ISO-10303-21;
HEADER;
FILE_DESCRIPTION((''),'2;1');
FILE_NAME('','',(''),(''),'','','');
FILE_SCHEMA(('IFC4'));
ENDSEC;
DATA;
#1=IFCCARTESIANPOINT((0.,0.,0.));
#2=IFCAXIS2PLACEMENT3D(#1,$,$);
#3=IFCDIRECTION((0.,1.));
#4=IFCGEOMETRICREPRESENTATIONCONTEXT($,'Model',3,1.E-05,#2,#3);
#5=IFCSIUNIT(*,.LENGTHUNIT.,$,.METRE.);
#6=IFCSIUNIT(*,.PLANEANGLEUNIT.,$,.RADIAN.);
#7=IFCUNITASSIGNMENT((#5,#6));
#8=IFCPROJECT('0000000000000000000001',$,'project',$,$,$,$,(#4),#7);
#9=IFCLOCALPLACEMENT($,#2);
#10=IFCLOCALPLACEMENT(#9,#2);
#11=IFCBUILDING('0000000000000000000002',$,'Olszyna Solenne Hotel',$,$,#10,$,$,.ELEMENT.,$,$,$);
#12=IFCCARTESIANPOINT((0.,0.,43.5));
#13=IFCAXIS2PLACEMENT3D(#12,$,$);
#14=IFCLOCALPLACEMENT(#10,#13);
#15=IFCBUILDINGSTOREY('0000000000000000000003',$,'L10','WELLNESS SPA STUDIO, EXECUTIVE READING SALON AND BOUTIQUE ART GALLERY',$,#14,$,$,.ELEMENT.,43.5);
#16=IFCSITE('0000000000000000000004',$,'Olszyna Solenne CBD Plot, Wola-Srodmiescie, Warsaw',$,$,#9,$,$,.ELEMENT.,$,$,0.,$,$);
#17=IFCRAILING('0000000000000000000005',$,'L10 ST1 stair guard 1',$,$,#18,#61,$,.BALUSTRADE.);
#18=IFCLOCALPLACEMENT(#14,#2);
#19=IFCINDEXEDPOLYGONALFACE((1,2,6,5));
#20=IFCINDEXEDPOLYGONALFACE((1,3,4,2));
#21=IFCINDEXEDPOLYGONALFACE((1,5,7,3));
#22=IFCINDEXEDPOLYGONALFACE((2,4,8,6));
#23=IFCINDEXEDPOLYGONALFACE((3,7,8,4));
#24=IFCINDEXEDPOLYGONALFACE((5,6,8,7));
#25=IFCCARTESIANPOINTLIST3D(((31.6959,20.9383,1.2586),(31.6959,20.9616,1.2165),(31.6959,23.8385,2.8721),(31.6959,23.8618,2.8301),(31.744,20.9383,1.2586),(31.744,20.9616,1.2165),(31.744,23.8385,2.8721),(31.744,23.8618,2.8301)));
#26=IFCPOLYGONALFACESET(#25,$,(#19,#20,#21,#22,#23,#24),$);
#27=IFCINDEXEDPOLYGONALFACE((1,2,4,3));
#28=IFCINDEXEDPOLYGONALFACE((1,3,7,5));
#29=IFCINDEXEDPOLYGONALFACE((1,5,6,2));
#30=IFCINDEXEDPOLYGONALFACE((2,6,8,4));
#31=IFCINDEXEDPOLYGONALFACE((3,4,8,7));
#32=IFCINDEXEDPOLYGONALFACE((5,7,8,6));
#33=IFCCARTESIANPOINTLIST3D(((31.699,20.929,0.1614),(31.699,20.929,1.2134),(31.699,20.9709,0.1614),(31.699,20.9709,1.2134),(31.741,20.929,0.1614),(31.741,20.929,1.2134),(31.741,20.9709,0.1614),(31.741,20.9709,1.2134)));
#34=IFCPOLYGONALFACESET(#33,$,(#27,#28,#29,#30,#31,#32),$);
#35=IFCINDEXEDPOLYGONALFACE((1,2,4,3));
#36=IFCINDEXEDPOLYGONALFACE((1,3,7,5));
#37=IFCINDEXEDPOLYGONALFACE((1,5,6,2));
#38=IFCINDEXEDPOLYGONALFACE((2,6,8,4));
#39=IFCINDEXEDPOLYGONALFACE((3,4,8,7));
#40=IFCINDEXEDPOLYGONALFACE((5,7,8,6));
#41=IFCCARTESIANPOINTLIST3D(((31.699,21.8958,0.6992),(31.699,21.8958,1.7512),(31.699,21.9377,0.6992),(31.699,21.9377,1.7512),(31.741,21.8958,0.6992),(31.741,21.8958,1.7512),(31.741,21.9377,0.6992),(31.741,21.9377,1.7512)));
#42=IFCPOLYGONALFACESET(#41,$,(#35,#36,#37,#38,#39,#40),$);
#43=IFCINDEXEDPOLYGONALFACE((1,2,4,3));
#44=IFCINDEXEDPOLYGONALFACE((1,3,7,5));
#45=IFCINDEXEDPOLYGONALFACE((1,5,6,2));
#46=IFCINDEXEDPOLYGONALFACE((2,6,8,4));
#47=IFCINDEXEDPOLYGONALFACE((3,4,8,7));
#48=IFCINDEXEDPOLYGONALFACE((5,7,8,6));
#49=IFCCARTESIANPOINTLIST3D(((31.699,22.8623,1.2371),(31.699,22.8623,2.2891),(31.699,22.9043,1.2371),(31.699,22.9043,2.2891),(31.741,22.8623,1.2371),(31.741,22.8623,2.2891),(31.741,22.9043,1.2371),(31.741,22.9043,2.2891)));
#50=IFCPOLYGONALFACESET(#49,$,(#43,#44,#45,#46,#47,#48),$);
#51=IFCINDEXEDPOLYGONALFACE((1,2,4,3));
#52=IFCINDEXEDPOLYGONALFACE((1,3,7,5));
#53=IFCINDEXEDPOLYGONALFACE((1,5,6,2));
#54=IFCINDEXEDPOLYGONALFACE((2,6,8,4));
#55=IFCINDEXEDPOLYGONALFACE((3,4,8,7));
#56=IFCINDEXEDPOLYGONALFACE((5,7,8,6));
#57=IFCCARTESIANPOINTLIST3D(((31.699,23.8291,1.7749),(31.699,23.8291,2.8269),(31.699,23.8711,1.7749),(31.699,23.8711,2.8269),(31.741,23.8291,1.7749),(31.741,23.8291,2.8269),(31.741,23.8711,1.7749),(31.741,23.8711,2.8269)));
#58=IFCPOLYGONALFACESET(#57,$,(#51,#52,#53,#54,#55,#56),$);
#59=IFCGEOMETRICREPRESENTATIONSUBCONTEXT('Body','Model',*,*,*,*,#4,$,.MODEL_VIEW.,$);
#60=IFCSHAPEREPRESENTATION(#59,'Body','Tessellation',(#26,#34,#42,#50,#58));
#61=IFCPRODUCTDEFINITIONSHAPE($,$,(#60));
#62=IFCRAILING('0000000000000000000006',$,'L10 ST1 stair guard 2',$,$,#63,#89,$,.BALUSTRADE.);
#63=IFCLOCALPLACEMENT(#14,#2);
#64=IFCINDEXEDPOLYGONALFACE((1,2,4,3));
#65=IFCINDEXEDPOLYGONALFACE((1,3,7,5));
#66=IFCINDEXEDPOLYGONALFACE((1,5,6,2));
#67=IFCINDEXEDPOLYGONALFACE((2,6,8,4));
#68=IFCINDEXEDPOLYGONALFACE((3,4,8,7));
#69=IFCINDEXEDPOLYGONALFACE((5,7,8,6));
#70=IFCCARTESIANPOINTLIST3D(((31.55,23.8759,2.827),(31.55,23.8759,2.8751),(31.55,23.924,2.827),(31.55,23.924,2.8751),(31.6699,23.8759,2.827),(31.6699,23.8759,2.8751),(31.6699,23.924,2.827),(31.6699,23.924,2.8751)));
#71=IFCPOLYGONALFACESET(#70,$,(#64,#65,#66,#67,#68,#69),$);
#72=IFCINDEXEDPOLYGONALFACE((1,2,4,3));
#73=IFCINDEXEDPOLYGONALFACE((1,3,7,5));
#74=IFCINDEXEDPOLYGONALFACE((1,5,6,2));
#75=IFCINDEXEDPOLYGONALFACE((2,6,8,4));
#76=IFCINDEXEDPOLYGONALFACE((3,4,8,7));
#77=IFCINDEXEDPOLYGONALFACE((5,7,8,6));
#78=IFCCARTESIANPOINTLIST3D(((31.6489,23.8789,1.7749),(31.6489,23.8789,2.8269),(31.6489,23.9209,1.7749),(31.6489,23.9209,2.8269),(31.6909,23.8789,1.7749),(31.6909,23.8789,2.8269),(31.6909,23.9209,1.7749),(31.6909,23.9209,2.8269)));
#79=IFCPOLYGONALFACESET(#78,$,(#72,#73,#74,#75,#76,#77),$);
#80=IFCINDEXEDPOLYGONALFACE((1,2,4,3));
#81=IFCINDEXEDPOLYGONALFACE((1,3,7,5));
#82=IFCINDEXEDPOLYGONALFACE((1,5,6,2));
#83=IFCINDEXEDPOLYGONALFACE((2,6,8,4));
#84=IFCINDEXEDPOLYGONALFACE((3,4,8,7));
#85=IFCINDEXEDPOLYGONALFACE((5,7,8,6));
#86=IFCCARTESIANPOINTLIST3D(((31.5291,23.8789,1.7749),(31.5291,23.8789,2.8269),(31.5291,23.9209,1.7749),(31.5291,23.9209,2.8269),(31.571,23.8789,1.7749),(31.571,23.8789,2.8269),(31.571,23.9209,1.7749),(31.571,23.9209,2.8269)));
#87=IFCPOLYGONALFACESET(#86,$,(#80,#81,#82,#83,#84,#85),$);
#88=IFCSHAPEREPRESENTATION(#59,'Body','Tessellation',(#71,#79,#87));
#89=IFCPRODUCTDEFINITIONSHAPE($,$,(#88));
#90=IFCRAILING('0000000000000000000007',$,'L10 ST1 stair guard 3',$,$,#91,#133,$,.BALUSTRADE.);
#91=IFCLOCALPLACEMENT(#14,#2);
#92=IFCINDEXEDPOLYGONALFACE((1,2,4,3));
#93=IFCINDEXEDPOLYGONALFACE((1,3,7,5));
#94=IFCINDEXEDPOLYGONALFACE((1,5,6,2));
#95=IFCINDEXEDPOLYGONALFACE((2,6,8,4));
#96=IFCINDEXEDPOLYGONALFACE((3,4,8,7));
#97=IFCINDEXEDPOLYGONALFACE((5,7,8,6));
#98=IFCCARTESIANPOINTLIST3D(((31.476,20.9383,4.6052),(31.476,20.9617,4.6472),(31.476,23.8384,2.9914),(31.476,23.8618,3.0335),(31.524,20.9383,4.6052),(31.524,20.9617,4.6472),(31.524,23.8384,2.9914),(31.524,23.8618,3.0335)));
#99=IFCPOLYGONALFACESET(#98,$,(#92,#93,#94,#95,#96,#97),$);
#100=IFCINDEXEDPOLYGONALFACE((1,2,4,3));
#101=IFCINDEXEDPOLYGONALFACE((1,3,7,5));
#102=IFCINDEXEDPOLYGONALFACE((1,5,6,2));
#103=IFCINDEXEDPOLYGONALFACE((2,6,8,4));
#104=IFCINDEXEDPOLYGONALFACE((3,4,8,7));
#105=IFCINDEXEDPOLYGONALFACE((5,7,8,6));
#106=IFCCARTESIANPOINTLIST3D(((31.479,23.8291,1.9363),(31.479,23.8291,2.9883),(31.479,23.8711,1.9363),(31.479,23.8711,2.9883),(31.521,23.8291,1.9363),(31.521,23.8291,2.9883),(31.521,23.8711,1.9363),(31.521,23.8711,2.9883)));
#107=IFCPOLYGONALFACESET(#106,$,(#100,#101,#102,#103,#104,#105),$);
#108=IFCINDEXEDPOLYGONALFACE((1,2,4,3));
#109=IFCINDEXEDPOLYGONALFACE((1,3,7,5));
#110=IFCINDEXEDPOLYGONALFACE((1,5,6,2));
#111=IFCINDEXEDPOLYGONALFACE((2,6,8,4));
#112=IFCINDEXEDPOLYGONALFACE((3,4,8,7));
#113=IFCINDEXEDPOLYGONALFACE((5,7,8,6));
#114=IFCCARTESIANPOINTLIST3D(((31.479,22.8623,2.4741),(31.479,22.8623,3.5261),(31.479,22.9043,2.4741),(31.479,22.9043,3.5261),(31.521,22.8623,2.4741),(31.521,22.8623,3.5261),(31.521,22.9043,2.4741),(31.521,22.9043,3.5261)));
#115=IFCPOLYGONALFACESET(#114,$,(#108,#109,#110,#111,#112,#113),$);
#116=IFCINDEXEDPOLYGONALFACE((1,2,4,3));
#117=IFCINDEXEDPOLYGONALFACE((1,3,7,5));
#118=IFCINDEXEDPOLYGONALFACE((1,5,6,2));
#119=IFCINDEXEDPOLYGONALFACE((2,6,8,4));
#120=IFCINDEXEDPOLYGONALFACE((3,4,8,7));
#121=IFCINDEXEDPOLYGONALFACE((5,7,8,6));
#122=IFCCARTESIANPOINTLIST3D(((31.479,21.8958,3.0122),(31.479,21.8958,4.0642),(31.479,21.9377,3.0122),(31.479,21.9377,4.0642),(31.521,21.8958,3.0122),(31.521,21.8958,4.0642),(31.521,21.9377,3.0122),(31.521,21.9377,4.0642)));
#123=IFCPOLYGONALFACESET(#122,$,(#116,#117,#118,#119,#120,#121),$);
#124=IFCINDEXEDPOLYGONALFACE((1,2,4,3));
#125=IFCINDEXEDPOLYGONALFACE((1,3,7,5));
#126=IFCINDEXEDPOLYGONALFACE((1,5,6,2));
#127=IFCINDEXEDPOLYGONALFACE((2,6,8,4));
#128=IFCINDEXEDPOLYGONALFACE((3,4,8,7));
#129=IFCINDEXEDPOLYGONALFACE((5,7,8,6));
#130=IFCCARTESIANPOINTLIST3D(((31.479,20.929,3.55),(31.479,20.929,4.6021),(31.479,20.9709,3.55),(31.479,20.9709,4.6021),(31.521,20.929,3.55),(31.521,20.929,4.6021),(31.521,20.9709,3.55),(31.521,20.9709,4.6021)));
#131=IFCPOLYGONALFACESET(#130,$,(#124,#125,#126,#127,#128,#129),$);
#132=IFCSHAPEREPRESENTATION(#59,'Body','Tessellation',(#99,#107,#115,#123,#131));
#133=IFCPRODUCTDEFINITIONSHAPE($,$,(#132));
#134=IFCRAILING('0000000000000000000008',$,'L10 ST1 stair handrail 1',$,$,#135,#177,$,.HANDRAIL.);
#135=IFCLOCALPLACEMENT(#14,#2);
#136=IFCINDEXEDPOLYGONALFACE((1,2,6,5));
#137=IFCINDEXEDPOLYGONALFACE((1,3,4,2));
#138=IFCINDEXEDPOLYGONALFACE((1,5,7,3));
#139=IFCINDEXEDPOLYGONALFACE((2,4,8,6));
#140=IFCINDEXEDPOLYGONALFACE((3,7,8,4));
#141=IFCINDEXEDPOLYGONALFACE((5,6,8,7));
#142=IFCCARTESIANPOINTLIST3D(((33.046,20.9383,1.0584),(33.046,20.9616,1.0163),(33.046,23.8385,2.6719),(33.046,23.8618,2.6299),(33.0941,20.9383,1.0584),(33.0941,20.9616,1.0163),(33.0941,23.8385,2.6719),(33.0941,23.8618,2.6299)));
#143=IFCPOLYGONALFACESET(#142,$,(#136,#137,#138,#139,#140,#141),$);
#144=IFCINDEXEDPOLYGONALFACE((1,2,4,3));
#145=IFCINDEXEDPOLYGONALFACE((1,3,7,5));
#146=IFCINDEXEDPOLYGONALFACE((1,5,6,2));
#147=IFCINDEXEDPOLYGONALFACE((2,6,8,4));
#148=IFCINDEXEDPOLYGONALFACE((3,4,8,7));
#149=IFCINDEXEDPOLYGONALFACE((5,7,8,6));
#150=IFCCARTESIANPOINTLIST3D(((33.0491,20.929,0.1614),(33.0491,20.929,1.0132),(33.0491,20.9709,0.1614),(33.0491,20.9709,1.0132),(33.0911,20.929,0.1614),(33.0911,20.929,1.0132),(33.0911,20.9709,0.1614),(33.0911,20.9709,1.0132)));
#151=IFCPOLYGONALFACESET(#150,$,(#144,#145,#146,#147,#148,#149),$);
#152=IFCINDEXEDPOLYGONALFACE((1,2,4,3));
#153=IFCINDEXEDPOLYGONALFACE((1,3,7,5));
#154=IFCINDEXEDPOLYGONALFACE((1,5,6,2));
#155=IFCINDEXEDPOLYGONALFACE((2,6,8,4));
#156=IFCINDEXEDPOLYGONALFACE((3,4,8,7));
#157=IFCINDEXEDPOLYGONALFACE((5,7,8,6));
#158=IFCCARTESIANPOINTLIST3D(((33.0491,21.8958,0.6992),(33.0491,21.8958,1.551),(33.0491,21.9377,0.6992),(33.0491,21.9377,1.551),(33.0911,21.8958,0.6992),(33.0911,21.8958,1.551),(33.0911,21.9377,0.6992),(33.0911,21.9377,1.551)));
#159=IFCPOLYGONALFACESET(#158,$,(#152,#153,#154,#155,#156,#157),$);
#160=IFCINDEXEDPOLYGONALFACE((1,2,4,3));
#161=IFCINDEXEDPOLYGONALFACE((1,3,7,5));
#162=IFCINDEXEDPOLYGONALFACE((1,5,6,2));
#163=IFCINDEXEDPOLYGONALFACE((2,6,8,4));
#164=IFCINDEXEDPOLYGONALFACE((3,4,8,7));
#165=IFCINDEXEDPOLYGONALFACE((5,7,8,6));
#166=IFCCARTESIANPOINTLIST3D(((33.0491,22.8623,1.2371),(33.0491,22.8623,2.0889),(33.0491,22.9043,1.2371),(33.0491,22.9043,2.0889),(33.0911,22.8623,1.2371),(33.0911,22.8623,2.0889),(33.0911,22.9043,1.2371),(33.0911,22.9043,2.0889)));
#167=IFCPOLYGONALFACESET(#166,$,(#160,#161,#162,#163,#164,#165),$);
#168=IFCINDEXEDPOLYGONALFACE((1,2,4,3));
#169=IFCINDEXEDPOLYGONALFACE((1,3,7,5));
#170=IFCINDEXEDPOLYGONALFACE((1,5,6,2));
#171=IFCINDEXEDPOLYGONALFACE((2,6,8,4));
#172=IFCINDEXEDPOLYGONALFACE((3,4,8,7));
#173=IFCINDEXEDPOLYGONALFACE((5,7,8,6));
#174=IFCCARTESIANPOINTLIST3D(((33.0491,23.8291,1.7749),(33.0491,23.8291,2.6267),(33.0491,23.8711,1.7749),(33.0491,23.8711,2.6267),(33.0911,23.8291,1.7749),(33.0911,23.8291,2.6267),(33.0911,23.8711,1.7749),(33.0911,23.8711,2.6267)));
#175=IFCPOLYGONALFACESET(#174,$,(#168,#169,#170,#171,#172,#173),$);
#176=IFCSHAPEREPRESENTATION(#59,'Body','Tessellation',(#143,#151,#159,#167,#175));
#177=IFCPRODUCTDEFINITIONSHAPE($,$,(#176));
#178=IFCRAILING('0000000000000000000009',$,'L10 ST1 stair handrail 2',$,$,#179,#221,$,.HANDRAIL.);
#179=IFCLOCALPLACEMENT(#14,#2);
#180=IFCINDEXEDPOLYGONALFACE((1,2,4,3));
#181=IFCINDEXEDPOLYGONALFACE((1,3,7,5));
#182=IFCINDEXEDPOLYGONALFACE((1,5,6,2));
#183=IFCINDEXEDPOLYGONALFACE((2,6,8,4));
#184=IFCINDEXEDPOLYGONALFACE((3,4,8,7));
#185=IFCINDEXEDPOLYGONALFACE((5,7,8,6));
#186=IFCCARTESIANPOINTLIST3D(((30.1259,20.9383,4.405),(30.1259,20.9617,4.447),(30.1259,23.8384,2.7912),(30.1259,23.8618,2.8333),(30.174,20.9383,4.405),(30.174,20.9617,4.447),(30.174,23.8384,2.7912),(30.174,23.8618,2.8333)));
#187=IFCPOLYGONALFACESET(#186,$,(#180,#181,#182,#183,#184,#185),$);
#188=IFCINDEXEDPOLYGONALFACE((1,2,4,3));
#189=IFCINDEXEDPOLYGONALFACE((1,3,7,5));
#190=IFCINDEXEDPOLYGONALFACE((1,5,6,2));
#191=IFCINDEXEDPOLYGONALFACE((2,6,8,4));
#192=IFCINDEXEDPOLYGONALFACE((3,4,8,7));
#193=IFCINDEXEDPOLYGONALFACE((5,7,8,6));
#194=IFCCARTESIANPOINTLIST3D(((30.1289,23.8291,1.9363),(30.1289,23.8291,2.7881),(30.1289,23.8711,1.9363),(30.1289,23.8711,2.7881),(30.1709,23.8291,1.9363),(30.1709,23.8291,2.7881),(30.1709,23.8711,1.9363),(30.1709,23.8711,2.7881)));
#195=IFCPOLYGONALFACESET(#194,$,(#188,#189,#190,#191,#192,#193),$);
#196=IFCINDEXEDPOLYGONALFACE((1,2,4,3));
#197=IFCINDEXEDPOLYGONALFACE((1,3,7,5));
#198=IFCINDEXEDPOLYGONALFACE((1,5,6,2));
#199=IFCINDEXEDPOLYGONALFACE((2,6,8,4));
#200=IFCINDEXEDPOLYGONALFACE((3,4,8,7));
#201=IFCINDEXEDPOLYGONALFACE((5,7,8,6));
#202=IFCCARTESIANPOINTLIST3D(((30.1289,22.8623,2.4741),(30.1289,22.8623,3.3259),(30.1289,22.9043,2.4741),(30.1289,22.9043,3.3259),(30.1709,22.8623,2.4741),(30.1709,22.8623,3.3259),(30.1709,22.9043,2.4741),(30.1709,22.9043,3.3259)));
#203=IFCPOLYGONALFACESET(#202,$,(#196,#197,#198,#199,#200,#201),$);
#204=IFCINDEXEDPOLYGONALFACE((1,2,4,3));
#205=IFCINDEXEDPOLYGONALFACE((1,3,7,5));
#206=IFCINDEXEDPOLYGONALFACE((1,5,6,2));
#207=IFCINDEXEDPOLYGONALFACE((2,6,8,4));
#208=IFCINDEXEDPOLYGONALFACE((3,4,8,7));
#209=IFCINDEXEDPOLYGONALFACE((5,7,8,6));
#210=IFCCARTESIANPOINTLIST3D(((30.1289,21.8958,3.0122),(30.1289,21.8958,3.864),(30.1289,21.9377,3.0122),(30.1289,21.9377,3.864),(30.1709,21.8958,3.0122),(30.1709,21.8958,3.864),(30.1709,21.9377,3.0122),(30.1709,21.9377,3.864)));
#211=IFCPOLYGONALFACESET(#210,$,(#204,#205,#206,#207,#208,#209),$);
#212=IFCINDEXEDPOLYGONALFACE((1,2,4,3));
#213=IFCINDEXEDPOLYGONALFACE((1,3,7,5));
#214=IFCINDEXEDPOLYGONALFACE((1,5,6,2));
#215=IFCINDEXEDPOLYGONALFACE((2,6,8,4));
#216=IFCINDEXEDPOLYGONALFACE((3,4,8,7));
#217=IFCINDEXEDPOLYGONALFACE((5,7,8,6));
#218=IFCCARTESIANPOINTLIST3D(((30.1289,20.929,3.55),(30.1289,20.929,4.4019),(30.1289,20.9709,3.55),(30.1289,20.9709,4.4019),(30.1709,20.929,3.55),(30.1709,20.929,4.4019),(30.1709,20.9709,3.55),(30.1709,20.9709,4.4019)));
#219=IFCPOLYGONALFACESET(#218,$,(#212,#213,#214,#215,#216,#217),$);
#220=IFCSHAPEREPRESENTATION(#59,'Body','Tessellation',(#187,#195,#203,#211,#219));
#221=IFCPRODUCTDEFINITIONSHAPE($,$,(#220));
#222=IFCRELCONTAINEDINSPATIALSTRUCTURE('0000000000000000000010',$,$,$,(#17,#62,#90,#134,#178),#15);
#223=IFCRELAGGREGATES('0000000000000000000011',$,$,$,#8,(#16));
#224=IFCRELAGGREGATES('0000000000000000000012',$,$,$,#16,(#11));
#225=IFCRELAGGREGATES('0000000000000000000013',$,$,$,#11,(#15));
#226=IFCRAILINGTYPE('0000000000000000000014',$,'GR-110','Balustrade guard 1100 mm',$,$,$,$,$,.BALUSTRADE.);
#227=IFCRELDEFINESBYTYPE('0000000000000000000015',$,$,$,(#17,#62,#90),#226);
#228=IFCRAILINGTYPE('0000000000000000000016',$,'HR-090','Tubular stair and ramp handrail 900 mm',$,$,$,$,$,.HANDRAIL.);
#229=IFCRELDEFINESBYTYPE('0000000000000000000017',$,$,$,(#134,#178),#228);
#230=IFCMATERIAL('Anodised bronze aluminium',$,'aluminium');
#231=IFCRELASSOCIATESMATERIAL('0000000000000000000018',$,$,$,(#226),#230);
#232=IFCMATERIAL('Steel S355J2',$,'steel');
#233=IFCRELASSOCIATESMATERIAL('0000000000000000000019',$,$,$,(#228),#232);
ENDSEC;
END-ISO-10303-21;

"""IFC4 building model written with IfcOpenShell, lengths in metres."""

from ifc_helpers import new_model, si_unit, direction, frame, origin, origin_2d, place, context, subcontext, project, spatial, rectangle, extrude, material, type_object, element, save


model = new_model("IFC4")

# Units and contexts
model_context = context("Model", 3, precision=1e-05, world=origin(), true_north=direction((0.0, 1.0)))
body_context = subcontext(model_context, "Body", "Model", "MODEL_VIEW")
ifc_project = project(units=[si_unit("LENGTHUNIT", "METRE"), si_unit("PLANEANGLEUNIT", "RADIAN")], contexts=[model_context])

# Site, building, storey
site_placement = place(None, origin())
site = spatial("IfcSite", under=ifc_project, at=site_placement, Name="Olszyna Solenne CBD Plot, Wola-Srodmiescie, Warsaw", CompositionType="ELEMENT", RefElevation=0.0)
building_placement = place(site_placement, origin())
building = spatial("IfcBuilding", under=site, at=building_placement, Name="Olszyna Solenne Hotel", CompositionType="ELEMENT")
storey_placement = place(building_placement, frame((0.0, 0.0, 43.5)))
storey = spatial("IfcBuildingStorey", under=building, at=storey_placement, Name="L10", Description="WELLNESS SPA STUDIO, EXECUTIVE READING SALON AND BOUTIQUE ART GALLERY", CompositionType="ELEMENT", Elevation=43.5)

# Shared definitions
ifc_material_1 = material(Name="Steel S355J2", Category="steel")

# Shared definitions
ifc_material_2 = material(Name="Anodised bronze aluminium", Category="aluminium")

# Railings
railing_type_1 = type_object("IfcRailingType", Name="GR-110", Description="Balustrade guard 1100 mm", PredefinedType="BALUSTRADE", material=ifc_material_2)
railing_1_placement = place(storey_placement, frame((31.72, 20.95, 0.1614)))
element("IfcRailing", 1, at=railing_1_placement, inside=storey, type_object=railing_type_1, Name="L10 ST1 stair guard 1", PredefinedType="BALUSTRADE", context=body_context, shape_type="SweptSolid", body=[
    extrude(rectangle(XDim=0.0481, YDim=0.0481, at=origin_2d()), frame((0.0, 0.0, 1.0762), z_axis=(0.0, 0.873859, 0.48618), x_axis=(-1.0, 0.0, 0.0)), (0.0, 0.0, 1.0), 3.3188),
    extrude(rectangle(XDim=0.042, YDim=0.042, at=origin_2d()), origin(), (0.0, 0.0, 1.0), 1.052),
    extrude(rectangle(XDim=0.042, YDim=0.042, at=origin_2d()), frame((0.0, 0.9668, 0.5378)), (0.0, 0.0, 1.0), 1.052),
    extrude(rectangle(XDim=0.042, YDim=0.042, at=origin_2d()), frame((0.0, 1.9333, 1.0757)), (0.0, 0.0, 1.0), 1.052),
    extrude(rectangle(XDim=0.042, YDim=0.042, at=origin_2d()), frame((0.0, 2.9001, 1.6135)), (0.0, 0.0, 1.0), 1.052),
])
railing_2_placement = place(storey_placement, frame((31.6699, 23.8999, 1.7749)))
element("IfcRailing", 2, at=railing_2_placement, inside=storey, type_object=railing_type_1, Name="L10 ST1 stair guard 2", PredefinedType="BALUSTRADE", context=body_context, shape_type="SweptSolid", body=[
    extrude(rectangle(XDim=0.0481, YDim=0.0481, at=origin_2d()), frame((0.0, 0.0, 1.0762), z_axis=(-1.0, 0.0, 0.0), x_axis=(0.0, -1.0, 0.0)), (0.0, 0.0, 1.0), 0.1199),
    extrude(rectangle(XDim=0.042, YDim=0.042, at=origin_2d()), origin(), (0.0, 0.0, 1.0), 1.052),
    extrude(rectangle(XDim=0.042, YDim=0.042, at=origin_2d()), frame((-0.1199, 0.0, 0.0)), (0.0, 0.0, 1.0), 1.052),
])
railing_3_placement = place(storey_placement, frame((31.5, 23.8501, 1.9363)))
element("IfcRailing", 3, at=railing_3_placement, inside=storey, type_object=railing_type_1, Name="L10 ST1 stair guard 3", PredefinedType="BALUSTRADE", context=body_context, shape_type="SweptSolid", body=[
    extrude(rectangle(XDim=0.0481, YDim=0.0481, at=origin_2d()), frame((0.0, 0.0, 1.0762), z_axis=(0.0, -0.873827, 0.486236), x_axis=(1.0, 0.0, 0.0)), (0.0, 0.0, 1.0), 3.3188),
    extrude(rectangle(XDim=0.042, YDim=0.042, at=origin_2d()), origin(), (0.0, 0.0, 1.0), 1.052),
    extrude(rectangle(XDim=0.042, YDim=0.042, at=origin_2d()), frame((0.0, -0.9668, 0.5378)), (0.0, 0.0, 1.0), 1.052),
    extrude(rectangle(XDim=0.042, YDim=0.042, at=origin_2d()), frame((0.0, -1.9333, 1.0759)), (0.0, 0.0, 1.0), 1.052),
    extrude(rectangle(XDim=0.042, YDim=0.042, at=origin_2d()), frame((0.0, -2.9001, 1.6138)), (0.0, 0.0, 1.0), 1.052),
])
railing_type_2 = type_object("IfcRailingType", Name="HR-090", Description="Tubular stair and ramp handrail 900 mm", PredefinedType="HANDRAIL", material=ifc_material_1)
railing_4_placement = place(storey_placement, frame((33.0701, 20.95, 0.1614)))
element("IfcRailing", 4, at=railing_4_placement, inside=storey, type_object=railing_type_2, Name="L10 ST1 stair handrail 1", PredefinedType="HANDRAIL", context=body_context, shape_type="SweptSolid", body=[
    extrude(rectangle(XDim=0.0481, YDim=0.0481, at=origin_2d()), frame((0.0, 0.0, 0.876), z_axis=(0.0, 0.873859, 0.48618), x_axis=(-1.0, 0.0, 0.0)), (0.0, 0.0, 1.0), 3.3188),
    extrude(rectangle(XDim=0.042, YDim=0.042, at=origin_2d()), origin(), (0.0, 0.0, 1.0), 0.8518),
    extrude(rectangle(XDim=0.042, YDim=0.042, at=origin_2d()), frame((0.0, 0.9668, 0.5378)), (0.0, 0.0, 1.0), 0.8518),
    extrude(rectangle(XDim=0.042, YDim=0.042, at=origin_2d()), frame((0.0, 1.9333, 1.0757)), (0.0, 0.0, 1.0), 0.8518),
    extrude(rectangle(XDim=0.042, YDim=0.042, at=origin_2d()), frame((0.0, 2.9001, 1.6135)), (0.0, 0.0, 1.0), 0.8518),
])
railing_5_placement = place(storey_placement, frame((30.1499, 23.8501, 1.9363)))
element("IfcRailing", 5, at=railing_5_placement, inside=storey, type_object=railing_type_2, Name="L10 ST1 stair handrail 2", PredefinedType="HANDRAIL", context=body_context, shape_type="SweptSolid", body=[
    extrude(rectangle(XDim=0.0481, YDim=0.0481, at=origin_2d()), frame((0.0, 0.0, 0.876), z_axis=(0.0, -0.873827, 0.486236), x_axis=(1.0, 0.0, 0.0)), (0.0, 0.0, 1.0), 3.3188),
    extrude(rectangle(XDim=0.042, YDim=0.042, at=origin_2d()), origin(), (0.0, 0.0, 1.0), 0.8518),
    extrude(rectangle(XDim=0.042, YDim=0.042, at=origin_2d()), frame((0.0, -0.9668, 0.5378)), (0.0, 0.0, 1.0), 0.8518),
    extrude(rectangle(XDim=0.042, YDim=0.042, at=origin_2d()), frame((0.0, -1.9333, 1.0759)), (0.0, 0.0, 1.0), 0.8518),
    extrude(rectangle(XDim=0.042, YDim=0.042, at=origin_2d()), frame((0.0, -2.9001, 1.6138)), (0.0, 0.0, 1.0), 0.8518),
])

save(model, "model.ifc")
